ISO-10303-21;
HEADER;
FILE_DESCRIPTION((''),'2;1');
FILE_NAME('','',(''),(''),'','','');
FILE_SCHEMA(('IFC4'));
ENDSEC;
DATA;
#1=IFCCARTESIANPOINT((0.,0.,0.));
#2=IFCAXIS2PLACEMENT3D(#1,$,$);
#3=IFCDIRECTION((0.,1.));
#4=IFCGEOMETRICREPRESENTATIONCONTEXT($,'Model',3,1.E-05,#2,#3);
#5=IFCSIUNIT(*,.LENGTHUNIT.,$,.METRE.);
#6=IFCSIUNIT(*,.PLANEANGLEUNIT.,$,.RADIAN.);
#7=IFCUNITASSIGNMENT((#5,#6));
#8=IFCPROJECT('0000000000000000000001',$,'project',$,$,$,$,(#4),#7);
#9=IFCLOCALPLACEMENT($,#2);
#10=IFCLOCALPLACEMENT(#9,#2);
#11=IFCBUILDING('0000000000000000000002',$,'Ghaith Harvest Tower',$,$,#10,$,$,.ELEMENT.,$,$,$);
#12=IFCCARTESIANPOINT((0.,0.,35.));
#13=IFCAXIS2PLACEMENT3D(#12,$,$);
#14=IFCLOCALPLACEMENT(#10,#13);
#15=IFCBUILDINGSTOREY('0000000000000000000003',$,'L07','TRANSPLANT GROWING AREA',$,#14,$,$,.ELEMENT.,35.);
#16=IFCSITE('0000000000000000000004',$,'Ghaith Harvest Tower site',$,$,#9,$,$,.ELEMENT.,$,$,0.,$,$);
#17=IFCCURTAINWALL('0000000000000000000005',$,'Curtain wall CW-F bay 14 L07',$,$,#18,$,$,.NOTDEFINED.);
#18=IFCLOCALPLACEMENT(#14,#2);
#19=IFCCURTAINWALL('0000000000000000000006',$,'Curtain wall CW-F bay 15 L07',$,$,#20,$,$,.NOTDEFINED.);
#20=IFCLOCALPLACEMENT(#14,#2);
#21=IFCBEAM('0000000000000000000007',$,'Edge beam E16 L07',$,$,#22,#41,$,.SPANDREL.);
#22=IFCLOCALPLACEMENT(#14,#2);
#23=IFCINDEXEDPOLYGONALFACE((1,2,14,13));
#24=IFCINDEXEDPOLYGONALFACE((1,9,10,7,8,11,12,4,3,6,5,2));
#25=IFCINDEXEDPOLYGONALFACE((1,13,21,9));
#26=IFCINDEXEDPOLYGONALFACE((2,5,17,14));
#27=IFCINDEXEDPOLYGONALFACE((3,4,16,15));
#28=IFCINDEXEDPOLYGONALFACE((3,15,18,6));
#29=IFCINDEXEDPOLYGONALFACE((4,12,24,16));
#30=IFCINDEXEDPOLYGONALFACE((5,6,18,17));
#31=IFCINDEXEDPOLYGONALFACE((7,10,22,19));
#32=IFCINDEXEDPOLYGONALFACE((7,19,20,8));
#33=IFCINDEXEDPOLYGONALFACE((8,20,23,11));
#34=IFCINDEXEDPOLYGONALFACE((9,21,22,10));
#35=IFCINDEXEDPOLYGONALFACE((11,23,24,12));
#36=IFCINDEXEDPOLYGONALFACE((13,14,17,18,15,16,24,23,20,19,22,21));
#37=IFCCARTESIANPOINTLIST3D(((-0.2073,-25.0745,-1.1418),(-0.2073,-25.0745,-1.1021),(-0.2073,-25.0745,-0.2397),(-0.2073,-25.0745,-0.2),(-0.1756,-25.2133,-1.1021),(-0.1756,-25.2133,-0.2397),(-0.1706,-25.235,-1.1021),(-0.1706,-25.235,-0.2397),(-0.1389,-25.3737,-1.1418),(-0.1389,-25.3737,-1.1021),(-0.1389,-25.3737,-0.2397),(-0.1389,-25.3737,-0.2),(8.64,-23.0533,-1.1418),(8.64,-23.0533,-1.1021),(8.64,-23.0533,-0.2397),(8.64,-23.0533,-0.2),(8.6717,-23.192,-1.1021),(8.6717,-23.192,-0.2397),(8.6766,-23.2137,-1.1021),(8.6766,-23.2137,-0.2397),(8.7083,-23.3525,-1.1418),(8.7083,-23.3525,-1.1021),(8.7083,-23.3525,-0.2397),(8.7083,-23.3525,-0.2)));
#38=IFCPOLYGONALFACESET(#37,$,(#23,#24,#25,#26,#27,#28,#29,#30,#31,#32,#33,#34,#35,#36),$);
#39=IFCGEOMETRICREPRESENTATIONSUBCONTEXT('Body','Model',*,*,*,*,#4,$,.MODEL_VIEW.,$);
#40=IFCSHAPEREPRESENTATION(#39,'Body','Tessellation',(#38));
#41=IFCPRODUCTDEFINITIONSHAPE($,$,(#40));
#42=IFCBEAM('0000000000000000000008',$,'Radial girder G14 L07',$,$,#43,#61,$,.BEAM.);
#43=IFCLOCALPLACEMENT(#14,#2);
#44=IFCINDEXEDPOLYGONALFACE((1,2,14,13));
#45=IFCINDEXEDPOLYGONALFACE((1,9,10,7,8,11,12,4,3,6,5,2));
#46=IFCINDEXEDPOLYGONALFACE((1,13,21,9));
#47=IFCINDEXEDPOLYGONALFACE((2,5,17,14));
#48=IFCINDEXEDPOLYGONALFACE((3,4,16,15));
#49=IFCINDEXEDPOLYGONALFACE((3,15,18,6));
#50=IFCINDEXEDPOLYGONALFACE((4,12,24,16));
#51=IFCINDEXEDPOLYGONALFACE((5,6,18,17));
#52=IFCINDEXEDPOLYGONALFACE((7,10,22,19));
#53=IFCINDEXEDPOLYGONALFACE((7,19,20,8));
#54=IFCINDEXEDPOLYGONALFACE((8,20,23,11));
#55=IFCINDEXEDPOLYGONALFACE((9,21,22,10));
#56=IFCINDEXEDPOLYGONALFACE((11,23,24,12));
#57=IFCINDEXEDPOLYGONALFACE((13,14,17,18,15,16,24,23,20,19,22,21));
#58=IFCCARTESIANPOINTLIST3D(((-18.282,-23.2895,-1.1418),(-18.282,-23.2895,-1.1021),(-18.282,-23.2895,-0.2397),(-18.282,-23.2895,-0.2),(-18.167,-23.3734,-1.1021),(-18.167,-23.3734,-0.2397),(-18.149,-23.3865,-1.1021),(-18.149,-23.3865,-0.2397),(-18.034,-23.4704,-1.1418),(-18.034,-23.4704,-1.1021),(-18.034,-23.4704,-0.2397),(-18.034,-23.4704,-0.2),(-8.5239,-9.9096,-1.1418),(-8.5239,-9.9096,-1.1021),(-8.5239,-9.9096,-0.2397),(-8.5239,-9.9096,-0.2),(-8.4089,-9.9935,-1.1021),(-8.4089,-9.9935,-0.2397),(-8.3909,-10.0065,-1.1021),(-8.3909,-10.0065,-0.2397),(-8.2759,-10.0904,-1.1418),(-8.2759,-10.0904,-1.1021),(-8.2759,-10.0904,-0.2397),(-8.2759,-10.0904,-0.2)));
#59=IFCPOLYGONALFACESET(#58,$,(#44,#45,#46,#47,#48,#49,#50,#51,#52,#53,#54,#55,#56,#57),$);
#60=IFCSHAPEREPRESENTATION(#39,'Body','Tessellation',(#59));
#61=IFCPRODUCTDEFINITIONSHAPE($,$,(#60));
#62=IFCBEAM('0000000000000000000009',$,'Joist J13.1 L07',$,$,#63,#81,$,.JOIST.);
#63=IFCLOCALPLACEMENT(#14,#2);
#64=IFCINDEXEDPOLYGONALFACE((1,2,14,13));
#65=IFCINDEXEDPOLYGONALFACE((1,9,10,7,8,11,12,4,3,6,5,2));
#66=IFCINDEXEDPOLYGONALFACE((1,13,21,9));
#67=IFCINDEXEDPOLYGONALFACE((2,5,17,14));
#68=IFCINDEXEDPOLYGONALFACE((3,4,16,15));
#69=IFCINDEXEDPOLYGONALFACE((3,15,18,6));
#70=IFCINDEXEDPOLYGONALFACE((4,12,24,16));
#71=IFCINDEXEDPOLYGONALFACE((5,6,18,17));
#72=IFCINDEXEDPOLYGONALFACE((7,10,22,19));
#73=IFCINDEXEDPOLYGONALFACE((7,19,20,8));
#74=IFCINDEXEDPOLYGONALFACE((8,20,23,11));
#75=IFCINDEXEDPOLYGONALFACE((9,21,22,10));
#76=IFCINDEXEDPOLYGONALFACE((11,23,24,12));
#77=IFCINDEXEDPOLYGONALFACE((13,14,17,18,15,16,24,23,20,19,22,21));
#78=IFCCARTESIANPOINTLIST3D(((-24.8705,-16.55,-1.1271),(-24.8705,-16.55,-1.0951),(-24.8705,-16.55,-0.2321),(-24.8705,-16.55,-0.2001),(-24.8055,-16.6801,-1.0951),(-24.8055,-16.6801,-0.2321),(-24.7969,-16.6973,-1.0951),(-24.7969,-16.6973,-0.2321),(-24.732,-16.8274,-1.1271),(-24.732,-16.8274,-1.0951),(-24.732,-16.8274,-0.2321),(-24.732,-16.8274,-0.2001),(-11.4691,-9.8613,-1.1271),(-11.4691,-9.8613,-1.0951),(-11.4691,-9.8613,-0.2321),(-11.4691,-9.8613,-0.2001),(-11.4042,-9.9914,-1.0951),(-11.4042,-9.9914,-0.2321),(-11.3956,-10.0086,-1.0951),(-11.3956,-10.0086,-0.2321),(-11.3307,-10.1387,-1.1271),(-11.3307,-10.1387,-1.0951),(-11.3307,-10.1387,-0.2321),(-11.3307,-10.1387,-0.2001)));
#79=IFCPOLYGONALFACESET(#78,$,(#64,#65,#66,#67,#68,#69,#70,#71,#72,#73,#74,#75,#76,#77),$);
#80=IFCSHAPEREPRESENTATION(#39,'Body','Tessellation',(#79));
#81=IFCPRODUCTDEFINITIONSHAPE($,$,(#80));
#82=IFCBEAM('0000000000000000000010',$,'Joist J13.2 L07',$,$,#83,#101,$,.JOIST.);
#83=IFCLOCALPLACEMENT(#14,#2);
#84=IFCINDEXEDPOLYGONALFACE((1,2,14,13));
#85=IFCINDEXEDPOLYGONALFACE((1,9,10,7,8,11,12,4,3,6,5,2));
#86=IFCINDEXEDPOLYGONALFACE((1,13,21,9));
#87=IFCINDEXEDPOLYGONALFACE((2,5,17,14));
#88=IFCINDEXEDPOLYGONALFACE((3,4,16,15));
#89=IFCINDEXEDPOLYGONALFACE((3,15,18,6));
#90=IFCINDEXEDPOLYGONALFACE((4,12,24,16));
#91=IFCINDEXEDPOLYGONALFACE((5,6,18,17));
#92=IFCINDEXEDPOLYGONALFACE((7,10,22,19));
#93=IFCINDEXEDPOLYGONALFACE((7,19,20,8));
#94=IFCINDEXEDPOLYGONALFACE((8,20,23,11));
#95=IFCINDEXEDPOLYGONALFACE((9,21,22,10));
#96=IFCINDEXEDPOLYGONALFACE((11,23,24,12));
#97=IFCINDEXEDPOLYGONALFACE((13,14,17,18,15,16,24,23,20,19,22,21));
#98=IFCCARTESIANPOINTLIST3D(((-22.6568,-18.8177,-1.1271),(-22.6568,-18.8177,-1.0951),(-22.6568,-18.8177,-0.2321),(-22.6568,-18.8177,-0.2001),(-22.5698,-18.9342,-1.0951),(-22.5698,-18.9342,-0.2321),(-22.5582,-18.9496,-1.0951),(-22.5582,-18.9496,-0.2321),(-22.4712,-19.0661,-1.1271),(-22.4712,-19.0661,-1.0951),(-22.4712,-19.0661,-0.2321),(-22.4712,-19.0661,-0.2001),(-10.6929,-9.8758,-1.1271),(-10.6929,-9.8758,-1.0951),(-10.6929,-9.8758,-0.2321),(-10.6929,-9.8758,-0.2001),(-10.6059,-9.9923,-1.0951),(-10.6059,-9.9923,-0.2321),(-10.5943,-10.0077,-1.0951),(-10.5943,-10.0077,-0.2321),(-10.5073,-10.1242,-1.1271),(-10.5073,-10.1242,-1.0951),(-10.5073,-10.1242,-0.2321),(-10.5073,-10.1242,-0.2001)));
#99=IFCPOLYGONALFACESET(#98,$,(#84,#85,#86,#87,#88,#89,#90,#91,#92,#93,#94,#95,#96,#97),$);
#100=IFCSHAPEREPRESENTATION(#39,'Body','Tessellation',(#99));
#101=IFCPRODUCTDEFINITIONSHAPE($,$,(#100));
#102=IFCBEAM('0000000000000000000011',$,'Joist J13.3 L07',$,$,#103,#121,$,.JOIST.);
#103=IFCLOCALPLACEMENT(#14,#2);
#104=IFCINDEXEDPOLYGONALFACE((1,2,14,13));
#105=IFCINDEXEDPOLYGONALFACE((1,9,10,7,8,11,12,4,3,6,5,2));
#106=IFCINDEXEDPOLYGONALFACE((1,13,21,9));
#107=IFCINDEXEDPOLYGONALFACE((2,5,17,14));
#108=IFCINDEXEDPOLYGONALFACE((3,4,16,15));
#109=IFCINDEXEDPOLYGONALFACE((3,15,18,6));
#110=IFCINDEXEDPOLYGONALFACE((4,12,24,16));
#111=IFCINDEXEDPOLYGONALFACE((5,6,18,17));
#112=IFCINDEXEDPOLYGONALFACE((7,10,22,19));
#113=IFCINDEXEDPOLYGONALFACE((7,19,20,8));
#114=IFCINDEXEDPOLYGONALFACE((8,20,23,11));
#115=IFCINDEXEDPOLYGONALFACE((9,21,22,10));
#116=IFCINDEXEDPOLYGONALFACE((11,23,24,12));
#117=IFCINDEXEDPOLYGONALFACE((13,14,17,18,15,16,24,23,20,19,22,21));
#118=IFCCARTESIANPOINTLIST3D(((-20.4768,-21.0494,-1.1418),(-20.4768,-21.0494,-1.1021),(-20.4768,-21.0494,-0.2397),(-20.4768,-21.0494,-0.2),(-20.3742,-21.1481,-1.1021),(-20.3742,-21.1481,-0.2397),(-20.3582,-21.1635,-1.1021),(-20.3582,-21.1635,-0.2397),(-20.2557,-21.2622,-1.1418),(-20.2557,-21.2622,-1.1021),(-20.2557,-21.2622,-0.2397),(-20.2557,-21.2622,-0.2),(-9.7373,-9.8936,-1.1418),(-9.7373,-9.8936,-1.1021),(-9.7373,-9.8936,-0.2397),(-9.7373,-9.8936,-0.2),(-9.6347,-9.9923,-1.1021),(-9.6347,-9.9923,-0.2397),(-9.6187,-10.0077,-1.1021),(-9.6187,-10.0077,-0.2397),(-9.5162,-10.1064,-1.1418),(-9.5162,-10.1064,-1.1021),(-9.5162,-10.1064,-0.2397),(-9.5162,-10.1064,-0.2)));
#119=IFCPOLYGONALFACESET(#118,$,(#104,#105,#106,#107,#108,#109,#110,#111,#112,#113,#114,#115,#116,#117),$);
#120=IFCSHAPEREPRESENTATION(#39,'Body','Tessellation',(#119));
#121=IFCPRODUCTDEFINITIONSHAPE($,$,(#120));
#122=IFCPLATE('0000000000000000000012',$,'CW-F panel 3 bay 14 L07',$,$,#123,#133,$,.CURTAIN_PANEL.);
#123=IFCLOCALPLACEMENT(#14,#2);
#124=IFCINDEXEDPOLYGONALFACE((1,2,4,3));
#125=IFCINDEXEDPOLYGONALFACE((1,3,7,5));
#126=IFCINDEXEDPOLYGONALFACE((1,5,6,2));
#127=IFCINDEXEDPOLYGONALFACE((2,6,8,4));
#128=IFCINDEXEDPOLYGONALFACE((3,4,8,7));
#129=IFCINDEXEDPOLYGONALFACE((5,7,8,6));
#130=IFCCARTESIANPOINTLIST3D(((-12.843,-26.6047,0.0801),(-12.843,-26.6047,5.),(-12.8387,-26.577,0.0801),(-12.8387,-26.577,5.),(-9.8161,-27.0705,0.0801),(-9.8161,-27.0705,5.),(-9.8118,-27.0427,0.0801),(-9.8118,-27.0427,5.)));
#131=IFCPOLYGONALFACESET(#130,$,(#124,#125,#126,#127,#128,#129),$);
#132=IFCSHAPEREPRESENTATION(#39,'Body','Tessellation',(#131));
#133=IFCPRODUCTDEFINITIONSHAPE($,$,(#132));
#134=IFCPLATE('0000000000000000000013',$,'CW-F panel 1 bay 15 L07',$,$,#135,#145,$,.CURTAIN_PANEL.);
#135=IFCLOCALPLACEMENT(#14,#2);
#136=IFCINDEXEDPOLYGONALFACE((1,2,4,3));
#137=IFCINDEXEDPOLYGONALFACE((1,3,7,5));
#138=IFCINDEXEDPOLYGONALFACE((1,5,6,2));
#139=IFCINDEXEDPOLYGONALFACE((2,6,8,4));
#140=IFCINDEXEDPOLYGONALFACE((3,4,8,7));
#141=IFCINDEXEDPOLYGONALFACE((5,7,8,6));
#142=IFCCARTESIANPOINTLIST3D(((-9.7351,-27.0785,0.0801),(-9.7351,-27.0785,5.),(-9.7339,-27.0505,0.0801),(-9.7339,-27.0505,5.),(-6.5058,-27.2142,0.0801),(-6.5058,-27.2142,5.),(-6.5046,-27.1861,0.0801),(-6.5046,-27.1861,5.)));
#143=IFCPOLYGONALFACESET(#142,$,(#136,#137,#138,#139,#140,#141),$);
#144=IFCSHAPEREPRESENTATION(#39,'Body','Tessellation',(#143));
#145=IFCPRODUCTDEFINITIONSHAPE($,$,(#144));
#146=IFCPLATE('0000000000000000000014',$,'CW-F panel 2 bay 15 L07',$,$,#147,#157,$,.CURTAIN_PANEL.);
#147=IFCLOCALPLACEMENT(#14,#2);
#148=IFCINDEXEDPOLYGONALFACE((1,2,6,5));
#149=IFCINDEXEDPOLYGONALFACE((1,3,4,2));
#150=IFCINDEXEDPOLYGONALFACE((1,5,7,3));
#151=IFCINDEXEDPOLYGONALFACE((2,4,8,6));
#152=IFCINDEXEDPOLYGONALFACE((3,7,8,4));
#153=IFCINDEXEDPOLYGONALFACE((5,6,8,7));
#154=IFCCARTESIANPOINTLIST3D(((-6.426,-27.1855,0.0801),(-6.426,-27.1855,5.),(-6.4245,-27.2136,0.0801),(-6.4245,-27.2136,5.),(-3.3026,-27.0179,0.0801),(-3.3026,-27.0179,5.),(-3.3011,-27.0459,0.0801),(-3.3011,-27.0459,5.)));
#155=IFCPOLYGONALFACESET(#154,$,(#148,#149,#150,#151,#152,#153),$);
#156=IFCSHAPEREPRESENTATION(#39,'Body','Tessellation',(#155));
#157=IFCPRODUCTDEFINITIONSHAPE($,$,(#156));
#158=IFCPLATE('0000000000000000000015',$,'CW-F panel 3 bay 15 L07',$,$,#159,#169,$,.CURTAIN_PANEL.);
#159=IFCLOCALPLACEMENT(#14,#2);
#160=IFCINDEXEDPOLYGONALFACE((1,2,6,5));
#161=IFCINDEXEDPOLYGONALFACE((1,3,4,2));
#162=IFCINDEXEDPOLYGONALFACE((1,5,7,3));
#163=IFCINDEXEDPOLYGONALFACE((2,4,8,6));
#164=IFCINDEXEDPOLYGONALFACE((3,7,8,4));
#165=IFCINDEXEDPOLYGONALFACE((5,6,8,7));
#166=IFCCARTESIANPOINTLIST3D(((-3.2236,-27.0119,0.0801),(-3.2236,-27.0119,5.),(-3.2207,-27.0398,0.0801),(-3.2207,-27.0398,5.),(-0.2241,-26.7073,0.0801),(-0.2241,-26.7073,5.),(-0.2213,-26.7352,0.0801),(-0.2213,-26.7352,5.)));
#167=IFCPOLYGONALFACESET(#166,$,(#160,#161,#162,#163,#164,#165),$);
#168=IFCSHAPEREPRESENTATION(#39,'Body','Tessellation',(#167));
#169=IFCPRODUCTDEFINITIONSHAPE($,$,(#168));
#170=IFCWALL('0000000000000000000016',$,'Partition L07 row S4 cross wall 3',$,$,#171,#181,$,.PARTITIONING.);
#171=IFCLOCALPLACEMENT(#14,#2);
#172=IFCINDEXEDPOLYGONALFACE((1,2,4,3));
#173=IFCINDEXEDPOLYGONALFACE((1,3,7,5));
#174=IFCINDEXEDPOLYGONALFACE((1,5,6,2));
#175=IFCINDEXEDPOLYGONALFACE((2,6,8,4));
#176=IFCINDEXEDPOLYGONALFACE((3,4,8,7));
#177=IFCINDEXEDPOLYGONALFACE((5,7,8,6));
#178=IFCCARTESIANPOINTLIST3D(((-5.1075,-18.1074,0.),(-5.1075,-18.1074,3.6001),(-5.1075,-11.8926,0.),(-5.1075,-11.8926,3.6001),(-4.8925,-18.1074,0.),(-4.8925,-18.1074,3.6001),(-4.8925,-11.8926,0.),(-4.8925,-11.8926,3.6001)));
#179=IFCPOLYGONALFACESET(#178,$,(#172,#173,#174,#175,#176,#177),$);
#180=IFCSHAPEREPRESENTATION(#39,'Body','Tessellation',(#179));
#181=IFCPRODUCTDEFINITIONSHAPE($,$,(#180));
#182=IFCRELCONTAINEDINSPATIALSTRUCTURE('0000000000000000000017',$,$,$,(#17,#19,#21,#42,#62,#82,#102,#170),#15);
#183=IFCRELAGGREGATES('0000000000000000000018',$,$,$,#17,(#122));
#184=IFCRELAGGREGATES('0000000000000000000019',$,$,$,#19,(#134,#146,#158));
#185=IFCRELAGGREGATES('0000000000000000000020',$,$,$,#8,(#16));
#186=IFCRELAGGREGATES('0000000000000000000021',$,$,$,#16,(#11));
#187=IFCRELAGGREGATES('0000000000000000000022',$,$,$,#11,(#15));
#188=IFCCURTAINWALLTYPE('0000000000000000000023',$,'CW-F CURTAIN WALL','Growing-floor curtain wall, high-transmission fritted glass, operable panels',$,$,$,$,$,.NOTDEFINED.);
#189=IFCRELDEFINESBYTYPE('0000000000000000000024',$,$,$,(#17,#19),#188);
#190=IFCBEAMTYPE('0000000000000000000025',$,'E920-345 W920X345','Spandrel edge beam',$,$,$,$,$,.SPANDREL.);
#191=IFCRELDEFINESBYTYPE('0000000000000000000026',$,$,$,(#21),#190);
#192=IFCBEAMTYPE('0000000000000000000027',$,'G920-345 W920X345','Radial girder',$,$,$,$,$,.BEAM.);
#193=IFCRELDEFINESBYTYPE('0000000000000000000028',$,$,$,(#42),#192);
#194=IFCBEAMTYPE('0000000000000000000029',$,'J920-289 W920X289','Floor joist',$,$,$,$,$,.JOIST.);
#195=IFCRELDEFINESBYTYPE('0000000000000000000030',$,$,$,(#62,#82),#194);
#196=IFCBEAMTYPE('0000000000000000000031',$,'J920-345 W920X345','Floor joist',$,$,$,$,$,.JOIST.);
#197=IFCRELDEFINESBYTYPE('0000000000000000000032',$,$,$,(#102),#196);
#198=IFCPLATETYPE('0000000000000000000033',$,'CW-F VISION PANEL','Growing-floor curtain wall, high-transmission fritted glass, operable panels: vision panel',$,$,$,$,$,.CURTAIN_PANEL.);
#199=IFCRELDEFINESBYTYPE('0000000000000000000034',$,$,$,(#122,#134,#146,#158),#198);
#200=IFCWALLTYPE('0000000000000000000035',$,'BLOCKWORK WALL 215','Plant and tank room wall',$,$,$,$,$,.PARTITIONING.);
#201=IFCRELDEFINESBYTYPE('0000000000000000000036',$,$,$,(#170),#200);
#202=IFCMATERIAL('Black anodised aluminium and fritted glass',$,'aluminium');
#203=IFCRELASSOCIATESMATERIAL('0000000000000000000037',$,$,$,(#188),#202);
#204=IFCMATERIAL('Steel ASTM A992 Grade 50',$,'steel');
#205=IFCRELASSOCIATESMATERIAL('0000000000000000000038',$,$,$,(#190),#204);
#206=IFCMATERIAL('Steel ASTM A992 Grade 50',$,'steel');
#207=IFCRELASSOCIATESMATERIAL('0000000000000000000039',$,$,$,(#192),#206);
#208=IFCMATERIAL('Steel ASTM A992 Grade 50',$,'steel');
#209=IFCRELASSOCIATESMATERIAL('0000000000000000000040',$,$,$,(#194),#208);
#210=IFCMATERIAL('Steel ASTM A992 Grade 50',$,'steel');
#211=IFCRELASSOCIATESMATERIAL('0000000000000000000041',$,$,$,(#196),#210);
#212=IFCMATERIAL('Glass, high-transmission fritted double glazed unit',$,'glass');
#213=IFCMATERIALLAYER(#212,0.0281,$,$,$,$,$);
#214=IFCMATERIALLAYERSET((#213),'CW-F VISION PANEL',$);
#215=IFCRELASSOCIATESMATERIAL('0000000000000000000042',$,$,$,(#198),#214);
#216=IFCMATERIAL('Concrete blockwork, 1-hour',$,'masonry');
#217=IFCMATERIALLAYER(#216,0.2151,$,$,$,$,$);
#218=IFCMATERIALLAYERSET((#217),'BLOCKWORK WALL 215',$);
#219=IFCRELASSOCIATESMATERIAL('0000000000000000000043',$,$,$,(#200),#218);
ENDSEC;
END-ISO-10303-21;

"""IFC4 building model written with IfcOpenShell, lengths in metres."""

from ifc_helpers import new_model, si_unit, direction, frame, frame_2d, origin, origin_2d, place, context, subcontext, project, spatial, rectangle, i_section, extrude, material, layer, layer_set, material_profile, profile_set, type_object, element, aggregate, save


model = new_model("IFC4")

# Units and contexts
model_context = context("Model", 3, precision=1e-05, world=origin(), true_north=direction((0.0, 1.0)))
body_context = subcontext(model_context, "Body", "Model", "MODEL_VIEW")
ifc_project = project(units=[si_unit("LENGTHUNIT", "METRE"), si_unit("PLANEANGLEUNIT", "RADIAN")], contexts=[model_context])

# Site, building, storey
site_placement = place(None, origin())
site = spatial("IfcSite", under=ifc_project, at=site_placement, Name="Ghaith Harvest Tower site", CompositionType="ELEMENT", RefElevation=0.0)
building_placement = place(site_placement, origin())
building = spatial("IfcBuilding", under=site, at=building_placement, Name="Ghaith Harvest Tower", CompositionType="ELEMENT")
storey_placement = place(building_placement, frame((0.0, 0.0, 35.0)))
storey = spatial("IfcBuildingStorey", under=building, at=storey_placement, Name="L07", Description="TRANSPLANT GROWING AREA", CompositionType="ELEMENT", Elevation=35.0)

# Curtain wall
ifc_material_1 = material(Name="Black anodised aluminium and fritted glass", Category="aluminium")
curtain_wall_type = type_object("IfcCurtainWallType", Name="CW-F CURTAIN WALL", Description="Growing-floor curtain wall, high-transmission fritted glass, operable panels", PredefinedType="NOTDEFINED", material=ifc_material_1)
curtain_wall_1_placement = place(storey_placement, origin())
curtain_wall_1 = element("IfcCurtainWall", 1, at=curtain_wall_1_placement, inside=storey, type_object=curtain_wall_type, Name="Curtain wall CW-F bay 14 L07", PredefinedType="NOTDEFINED")

# Curtain wall
curtain_wall_2_placement = place(storey_placement, origin())
curtain_wall_2 = element("IfcCurtainWall", 2, at=curtain_wall_2_placement, inside=storey, type_object=curtain_wall_type, Name="Curtain wall CW-F bay 15 L07", PredefinedType="NOTDEFINED")

# Beams
ifc_material_2 = material(Name="Steel ASTM A992 Grade 50", Category="steel")
ifc_material_profile_1 = material_profile(ifc_material_2, i_section(OverallWidth=0.3069, OverallDepth=0.9419, WebThickness=0.0222, FlangeThickness=0.0398, at=origin_2d()), Name="W920X345")
ifc_profile_set_1 = profile_set([ifc_material_profile_1], Name="Steel ASTM A992 Grade 50")
beam_type_1 = type_object("IfcBeamType", Name="E920-345 W920X345", Description="Spandrel edge beam", PredefinedType="SPANDREL", material=ifc_profile_set_1)
beam_1_placement = place(storey_placement, frame((-0.1731, -25.2241, -0.6709), z_axis=(0.974882, 0.222723, 0.0), x_axis=(-0.222723, 0.974882, 0.0)))
element("IfcBeam", 3, at=beam_1_placement, inside=storey, type_object=beam_type_1, Name="Edge beam E16 L07", PredefinedType="SPANDREL", context=body_context, shape_type="SweptSolid", body=[
    extrude(i_section(OverallWidth=0.3069, OverallDepth=0.9419, WebThickness=0.0222, FlangeThickness=0.0398, at=origin_2d()), origin(), (0.0, 0.0, 1.0), 9.0752),
])
ifc_material_3 = material(Name="Steel ASTM A992 Grade 50", Category="steel")
ifc_material_profile_2 = material_profile(ifc_material_3, i_section(OverallWidth=0.3069, OverallDepth=0.9419, WebThickness=0.0222, FlangeThickness=0.0398, at=origin_2d()), Name="W920X345")
ifc_profile_set_2 = profile_set([ifc_material_profile_2], Name="Steel ASTM A992 Grade 50")
beam_type_2 = type_object("IfcBeamType", Name="G920-345 W920X345", Description="Radial girder", PredefinedType="BEAM", material=ifc_profile_set_2)
beam_2_placement = place(storey_placement, frame((-8.3999, -10.0, -0.6709), z_axis=(-0.589247, -0.807953, 0.0), x_axis=(0.807953, -0.589247, 0.0)))
element("IfcBeam", 4, at=beam_2_placement, inside=storey, type_object=beam_type_2, Name="Radial girder G14 L07", PredefinedType="BEAM", context=body_context, shape_type="SweptSolid", body=[
    extrude(i_section(OverallWidth=0.3069, OverallDepth=0.9419, WebThickness=0.0222, FlangeThickness=0.0398, at=origin_2d()), origin(), (0.0, 0.0, 1.0), 16.5603),
])
ifc_material_4 = material(Name="Steel ASTM A992 Grade 50", Category="steel")
ifc_material_profile_3 = material_profile(ifc_material_4, i_section(OverallWidth=0.3101, OverallDepth=0.927, WebThickness=0.0193, FlangeThickness=0.032, at=origin_2d()), Name="W920X289")
ifc_profile_set_3 = profile_set([ifc_material_profile_3], Name="Steel ASTM A992 Grade 50")
beam_type_3 = type_object("IfcBeamType", Name="J920-289 W920X289", Description="Floor joist", PredefinedType="JOIST", material=ifc_profile_set_3)
beam_3_placement = place(storey_placement, frame((-11.3999, -10.0, -0.6636), z_axis=(-0.894746, -0.446575, 0.0), x_axis=(0.446575, -0.894746, 0.0)))
element("IfcBeam", 5, at=beam_3_placement, inside=storey, type_object=beam_type_3, Name="Joist J13.1 L07", PredefinedType="JOIST", context=body_context, shape_type="SweptSolid", body=[
    extrude(i_section(OverallWidth=0.3101, OverallDepth=0.927, WebThickness=0.0193, FlangeThickness=0.032, at=origin_2d()), origin(), (0.0, 0.0, 1.0), 14.9778),
])
beam_4_placement = place(storey_placement, frame((-10.6001, -10.0, -0.6636), z_axis=(-0.800995, -0.598671, 0.0), x_axis=(0.598671, -0.800995, 0.0)))
element("IfcBeam", 6, at=beam_4_placement, inside=storey, type_object=beam_type_3, Name="Joist J13.2 L07", PredefinedType="JOIST", context=body_context, shape_type="SweptSolid", body=[
    extrude(i_section(OverallWidth=0.3101, OverallDepth=0.927, WebThickness=0.0193, FlangeThickness=0.032, at=origin_2d()), origin(), (0.0, 0.0, 1.0), 14.9363),
])
ifc_material_5 = material(Name="Steel ASTM A992 Grade 50", Category="steel")
ifc_material_profile_4 = material_profile(ifc_material_5, i_section(OverallWidth=0.3069, OverallDepth=0.9419, WebThickness=0.0222, FlangeThickness=0.0398, at=origin_2d()), Name="W920X345")
ifc_profile_set_4 = profile_set([ifc_material_profile_4], Name="Steel ASTM A992 Grade 50")
beam_type_4 = type_object("IfcBeamType", Name="J920-345 W920X345", Description="Floor joist", PredefinedType="JOIST", material=ifc_profile_set_4)
beam_5_placement = place(storey_placement, frame((-9.6267, -10.0, -0.6709), z_axis=(-0.693538, -0.72042, 0.0), x_axis=(0.72042, -0.693538, 0.0)))
element("IfcBeam", 7, at=beam_5_placement, inside=storey, type_object=beam_type_4, Name="Joist J13.3 L07", PredefinedType="JOIST", context=body_context, shape_type="SweptSolid", body=[
    extrude(i_section(OverallWidth=0.3069, OverallDepth=0.9419, WebThickness=0.0222, FlangeThickness=0.0398, at=origin_2d()), origin(), (0.0, 0.0, 1.0), 15.4851),
])

# Plates
ifc_material_6 = material(Name="Glass, high-transmission fritted double glazed unit", Category="glass")
ifc_layer_1 = layer(ifc_material_6, 0.0281)
ifc_layer_set_1 = layer_set([ifc_layer_1], Name="CW-F VISION PANEL")
plate_type = type_object("IfcPlateType", Name="CW-F VISION PANEL", Description="Growing-floor curtain wall, high-transmission fritted glass, operable panels: vision panel", PredefinedType="CURTAIN_PANEL", material=ifc_layer_set_1)
plate_1_placement = place(storey_placement, frame((-11.3274, -26.8237, 0.0801), z_axis=(0.0, 0.0, 1.0), x_axis=(0.98837, -0.152069, 0.0)))
plate_1 = element("IfcPlate", 8, at=plate_1_placement, type_object=plate_type, Name="CW-F panel 3 bay 14 L07", PredefinedType="CURTAIN_PANEL", context=body_context, shape_type="SweptSolid", body=[
    extrude(rectangle(XDim=3.0625, YDim=0.0281, at=origin_2d()), origin(), (0.0, 0.0, 1.0), 4.9199),
])
aggregate(curtain_wall_1, [plate_1])
plate_2_placement = place(storey_placement, frame((-8.1199, -27.1323, 0.0801), z_axis=(0.0, 0.0, 1.0), x_axis=(0.999119, -0.041967, 0.0)))
plate_2 = element("IfcPlate", 9, at=plate_2_placement, type_object=plate_type, Name="CW-F panel 1 bay 15 L07", PredefinedType="CURTAIN_PANEL", context=body_context, shape_type="SweptSolid", body=[
    extrude(rectangle(XDim=3.2322, YDim=0.0281, at=origin_2d()), origin(), (0.0, 0.0, 1.0), 4.9199),
])
plate_3_placement = place(storey_placement, frame((-4.8635, -27.1157, 0.0801), z_axis=(0.0, 0.0, 1.0), x_axis=(0.998563, 0.0536, 0.0)))
plate_3 = element("IfcPlate", 10, at=plate_3_placement, type_object=plate_type, Name="CW-F panel 2 bay 15 L07", PredefinedType="CURTAIN_PANEL", context=body_context, shape_type="SweptSolid", body=[
    extrude(rectangle(XDim=3.1279, YDim=0.0281, at=origin_2d()), origin(), (0.0, 0.0, 1.0), 4.9199),
])
plate_4_placement = place(storey_placement, frame((-1.7224, -26.8735, 0.0801), z_axis=(0.0, 0.0, 1.0), x_axis=(0.994882, 0.101041, 0.0)))
plate_4 = element("IfcPlate", 11, at=plate_4_placement, type_object=plate_type, Name="CW-F panel 3 bay 15 L07", PredefinedType="CURTAIN_PANEL", context=body_context, shape_type="SweptSolid", body=[
    extrude(rectangle(XDim=3.0149, YDim=0.0281, at=origin_2d()), origin(), (0.0, 0.0, 1.0), 4.9199),
])
aggregate(curtain_wall_2, [plate_2, plate_3, plate_4])

# Wall
ifc_material_7 = material(Name="Concrete blockwork, 1-hour", Category="masonry")
ifc_layer_2 = layer(ifc_material_7, 0.2151)
ifc_layer_set_2 = layer_set([ifc_layer_2], Name="BLOCKWORK WALL 215")
wall_type_1 = type_object("IfcWallType", Name="BLOCKWORK WALL 215", Description="Plant and tank room wall", PredefinedType="PARTITIONING", material=ifc_layer_set_2)
wall_1_placement = place(storey_placement, frame((-5.0, -11.8926, 0.0), z_axis=(0.0, 0.0, 1.0), x_axis=(0.0, -1.0, 0.0)))
element("IfcWall", 12, at=wall_1_placement, inside=storey, type_object=wall_type_1, Name="Partition L07 row S4 cross wall 3", PredefinedType="PARTITIONING", context=body_context, shape_type="SweptSolid", body=[
    extrude(rectangle(XDim=6.2148, YDim=0.2151, at=frame_2d((3.1074, 0.0))), origin(), (0.0, 0.0, 1.0), 3.6001),
])

save(model, "model.ifc")
